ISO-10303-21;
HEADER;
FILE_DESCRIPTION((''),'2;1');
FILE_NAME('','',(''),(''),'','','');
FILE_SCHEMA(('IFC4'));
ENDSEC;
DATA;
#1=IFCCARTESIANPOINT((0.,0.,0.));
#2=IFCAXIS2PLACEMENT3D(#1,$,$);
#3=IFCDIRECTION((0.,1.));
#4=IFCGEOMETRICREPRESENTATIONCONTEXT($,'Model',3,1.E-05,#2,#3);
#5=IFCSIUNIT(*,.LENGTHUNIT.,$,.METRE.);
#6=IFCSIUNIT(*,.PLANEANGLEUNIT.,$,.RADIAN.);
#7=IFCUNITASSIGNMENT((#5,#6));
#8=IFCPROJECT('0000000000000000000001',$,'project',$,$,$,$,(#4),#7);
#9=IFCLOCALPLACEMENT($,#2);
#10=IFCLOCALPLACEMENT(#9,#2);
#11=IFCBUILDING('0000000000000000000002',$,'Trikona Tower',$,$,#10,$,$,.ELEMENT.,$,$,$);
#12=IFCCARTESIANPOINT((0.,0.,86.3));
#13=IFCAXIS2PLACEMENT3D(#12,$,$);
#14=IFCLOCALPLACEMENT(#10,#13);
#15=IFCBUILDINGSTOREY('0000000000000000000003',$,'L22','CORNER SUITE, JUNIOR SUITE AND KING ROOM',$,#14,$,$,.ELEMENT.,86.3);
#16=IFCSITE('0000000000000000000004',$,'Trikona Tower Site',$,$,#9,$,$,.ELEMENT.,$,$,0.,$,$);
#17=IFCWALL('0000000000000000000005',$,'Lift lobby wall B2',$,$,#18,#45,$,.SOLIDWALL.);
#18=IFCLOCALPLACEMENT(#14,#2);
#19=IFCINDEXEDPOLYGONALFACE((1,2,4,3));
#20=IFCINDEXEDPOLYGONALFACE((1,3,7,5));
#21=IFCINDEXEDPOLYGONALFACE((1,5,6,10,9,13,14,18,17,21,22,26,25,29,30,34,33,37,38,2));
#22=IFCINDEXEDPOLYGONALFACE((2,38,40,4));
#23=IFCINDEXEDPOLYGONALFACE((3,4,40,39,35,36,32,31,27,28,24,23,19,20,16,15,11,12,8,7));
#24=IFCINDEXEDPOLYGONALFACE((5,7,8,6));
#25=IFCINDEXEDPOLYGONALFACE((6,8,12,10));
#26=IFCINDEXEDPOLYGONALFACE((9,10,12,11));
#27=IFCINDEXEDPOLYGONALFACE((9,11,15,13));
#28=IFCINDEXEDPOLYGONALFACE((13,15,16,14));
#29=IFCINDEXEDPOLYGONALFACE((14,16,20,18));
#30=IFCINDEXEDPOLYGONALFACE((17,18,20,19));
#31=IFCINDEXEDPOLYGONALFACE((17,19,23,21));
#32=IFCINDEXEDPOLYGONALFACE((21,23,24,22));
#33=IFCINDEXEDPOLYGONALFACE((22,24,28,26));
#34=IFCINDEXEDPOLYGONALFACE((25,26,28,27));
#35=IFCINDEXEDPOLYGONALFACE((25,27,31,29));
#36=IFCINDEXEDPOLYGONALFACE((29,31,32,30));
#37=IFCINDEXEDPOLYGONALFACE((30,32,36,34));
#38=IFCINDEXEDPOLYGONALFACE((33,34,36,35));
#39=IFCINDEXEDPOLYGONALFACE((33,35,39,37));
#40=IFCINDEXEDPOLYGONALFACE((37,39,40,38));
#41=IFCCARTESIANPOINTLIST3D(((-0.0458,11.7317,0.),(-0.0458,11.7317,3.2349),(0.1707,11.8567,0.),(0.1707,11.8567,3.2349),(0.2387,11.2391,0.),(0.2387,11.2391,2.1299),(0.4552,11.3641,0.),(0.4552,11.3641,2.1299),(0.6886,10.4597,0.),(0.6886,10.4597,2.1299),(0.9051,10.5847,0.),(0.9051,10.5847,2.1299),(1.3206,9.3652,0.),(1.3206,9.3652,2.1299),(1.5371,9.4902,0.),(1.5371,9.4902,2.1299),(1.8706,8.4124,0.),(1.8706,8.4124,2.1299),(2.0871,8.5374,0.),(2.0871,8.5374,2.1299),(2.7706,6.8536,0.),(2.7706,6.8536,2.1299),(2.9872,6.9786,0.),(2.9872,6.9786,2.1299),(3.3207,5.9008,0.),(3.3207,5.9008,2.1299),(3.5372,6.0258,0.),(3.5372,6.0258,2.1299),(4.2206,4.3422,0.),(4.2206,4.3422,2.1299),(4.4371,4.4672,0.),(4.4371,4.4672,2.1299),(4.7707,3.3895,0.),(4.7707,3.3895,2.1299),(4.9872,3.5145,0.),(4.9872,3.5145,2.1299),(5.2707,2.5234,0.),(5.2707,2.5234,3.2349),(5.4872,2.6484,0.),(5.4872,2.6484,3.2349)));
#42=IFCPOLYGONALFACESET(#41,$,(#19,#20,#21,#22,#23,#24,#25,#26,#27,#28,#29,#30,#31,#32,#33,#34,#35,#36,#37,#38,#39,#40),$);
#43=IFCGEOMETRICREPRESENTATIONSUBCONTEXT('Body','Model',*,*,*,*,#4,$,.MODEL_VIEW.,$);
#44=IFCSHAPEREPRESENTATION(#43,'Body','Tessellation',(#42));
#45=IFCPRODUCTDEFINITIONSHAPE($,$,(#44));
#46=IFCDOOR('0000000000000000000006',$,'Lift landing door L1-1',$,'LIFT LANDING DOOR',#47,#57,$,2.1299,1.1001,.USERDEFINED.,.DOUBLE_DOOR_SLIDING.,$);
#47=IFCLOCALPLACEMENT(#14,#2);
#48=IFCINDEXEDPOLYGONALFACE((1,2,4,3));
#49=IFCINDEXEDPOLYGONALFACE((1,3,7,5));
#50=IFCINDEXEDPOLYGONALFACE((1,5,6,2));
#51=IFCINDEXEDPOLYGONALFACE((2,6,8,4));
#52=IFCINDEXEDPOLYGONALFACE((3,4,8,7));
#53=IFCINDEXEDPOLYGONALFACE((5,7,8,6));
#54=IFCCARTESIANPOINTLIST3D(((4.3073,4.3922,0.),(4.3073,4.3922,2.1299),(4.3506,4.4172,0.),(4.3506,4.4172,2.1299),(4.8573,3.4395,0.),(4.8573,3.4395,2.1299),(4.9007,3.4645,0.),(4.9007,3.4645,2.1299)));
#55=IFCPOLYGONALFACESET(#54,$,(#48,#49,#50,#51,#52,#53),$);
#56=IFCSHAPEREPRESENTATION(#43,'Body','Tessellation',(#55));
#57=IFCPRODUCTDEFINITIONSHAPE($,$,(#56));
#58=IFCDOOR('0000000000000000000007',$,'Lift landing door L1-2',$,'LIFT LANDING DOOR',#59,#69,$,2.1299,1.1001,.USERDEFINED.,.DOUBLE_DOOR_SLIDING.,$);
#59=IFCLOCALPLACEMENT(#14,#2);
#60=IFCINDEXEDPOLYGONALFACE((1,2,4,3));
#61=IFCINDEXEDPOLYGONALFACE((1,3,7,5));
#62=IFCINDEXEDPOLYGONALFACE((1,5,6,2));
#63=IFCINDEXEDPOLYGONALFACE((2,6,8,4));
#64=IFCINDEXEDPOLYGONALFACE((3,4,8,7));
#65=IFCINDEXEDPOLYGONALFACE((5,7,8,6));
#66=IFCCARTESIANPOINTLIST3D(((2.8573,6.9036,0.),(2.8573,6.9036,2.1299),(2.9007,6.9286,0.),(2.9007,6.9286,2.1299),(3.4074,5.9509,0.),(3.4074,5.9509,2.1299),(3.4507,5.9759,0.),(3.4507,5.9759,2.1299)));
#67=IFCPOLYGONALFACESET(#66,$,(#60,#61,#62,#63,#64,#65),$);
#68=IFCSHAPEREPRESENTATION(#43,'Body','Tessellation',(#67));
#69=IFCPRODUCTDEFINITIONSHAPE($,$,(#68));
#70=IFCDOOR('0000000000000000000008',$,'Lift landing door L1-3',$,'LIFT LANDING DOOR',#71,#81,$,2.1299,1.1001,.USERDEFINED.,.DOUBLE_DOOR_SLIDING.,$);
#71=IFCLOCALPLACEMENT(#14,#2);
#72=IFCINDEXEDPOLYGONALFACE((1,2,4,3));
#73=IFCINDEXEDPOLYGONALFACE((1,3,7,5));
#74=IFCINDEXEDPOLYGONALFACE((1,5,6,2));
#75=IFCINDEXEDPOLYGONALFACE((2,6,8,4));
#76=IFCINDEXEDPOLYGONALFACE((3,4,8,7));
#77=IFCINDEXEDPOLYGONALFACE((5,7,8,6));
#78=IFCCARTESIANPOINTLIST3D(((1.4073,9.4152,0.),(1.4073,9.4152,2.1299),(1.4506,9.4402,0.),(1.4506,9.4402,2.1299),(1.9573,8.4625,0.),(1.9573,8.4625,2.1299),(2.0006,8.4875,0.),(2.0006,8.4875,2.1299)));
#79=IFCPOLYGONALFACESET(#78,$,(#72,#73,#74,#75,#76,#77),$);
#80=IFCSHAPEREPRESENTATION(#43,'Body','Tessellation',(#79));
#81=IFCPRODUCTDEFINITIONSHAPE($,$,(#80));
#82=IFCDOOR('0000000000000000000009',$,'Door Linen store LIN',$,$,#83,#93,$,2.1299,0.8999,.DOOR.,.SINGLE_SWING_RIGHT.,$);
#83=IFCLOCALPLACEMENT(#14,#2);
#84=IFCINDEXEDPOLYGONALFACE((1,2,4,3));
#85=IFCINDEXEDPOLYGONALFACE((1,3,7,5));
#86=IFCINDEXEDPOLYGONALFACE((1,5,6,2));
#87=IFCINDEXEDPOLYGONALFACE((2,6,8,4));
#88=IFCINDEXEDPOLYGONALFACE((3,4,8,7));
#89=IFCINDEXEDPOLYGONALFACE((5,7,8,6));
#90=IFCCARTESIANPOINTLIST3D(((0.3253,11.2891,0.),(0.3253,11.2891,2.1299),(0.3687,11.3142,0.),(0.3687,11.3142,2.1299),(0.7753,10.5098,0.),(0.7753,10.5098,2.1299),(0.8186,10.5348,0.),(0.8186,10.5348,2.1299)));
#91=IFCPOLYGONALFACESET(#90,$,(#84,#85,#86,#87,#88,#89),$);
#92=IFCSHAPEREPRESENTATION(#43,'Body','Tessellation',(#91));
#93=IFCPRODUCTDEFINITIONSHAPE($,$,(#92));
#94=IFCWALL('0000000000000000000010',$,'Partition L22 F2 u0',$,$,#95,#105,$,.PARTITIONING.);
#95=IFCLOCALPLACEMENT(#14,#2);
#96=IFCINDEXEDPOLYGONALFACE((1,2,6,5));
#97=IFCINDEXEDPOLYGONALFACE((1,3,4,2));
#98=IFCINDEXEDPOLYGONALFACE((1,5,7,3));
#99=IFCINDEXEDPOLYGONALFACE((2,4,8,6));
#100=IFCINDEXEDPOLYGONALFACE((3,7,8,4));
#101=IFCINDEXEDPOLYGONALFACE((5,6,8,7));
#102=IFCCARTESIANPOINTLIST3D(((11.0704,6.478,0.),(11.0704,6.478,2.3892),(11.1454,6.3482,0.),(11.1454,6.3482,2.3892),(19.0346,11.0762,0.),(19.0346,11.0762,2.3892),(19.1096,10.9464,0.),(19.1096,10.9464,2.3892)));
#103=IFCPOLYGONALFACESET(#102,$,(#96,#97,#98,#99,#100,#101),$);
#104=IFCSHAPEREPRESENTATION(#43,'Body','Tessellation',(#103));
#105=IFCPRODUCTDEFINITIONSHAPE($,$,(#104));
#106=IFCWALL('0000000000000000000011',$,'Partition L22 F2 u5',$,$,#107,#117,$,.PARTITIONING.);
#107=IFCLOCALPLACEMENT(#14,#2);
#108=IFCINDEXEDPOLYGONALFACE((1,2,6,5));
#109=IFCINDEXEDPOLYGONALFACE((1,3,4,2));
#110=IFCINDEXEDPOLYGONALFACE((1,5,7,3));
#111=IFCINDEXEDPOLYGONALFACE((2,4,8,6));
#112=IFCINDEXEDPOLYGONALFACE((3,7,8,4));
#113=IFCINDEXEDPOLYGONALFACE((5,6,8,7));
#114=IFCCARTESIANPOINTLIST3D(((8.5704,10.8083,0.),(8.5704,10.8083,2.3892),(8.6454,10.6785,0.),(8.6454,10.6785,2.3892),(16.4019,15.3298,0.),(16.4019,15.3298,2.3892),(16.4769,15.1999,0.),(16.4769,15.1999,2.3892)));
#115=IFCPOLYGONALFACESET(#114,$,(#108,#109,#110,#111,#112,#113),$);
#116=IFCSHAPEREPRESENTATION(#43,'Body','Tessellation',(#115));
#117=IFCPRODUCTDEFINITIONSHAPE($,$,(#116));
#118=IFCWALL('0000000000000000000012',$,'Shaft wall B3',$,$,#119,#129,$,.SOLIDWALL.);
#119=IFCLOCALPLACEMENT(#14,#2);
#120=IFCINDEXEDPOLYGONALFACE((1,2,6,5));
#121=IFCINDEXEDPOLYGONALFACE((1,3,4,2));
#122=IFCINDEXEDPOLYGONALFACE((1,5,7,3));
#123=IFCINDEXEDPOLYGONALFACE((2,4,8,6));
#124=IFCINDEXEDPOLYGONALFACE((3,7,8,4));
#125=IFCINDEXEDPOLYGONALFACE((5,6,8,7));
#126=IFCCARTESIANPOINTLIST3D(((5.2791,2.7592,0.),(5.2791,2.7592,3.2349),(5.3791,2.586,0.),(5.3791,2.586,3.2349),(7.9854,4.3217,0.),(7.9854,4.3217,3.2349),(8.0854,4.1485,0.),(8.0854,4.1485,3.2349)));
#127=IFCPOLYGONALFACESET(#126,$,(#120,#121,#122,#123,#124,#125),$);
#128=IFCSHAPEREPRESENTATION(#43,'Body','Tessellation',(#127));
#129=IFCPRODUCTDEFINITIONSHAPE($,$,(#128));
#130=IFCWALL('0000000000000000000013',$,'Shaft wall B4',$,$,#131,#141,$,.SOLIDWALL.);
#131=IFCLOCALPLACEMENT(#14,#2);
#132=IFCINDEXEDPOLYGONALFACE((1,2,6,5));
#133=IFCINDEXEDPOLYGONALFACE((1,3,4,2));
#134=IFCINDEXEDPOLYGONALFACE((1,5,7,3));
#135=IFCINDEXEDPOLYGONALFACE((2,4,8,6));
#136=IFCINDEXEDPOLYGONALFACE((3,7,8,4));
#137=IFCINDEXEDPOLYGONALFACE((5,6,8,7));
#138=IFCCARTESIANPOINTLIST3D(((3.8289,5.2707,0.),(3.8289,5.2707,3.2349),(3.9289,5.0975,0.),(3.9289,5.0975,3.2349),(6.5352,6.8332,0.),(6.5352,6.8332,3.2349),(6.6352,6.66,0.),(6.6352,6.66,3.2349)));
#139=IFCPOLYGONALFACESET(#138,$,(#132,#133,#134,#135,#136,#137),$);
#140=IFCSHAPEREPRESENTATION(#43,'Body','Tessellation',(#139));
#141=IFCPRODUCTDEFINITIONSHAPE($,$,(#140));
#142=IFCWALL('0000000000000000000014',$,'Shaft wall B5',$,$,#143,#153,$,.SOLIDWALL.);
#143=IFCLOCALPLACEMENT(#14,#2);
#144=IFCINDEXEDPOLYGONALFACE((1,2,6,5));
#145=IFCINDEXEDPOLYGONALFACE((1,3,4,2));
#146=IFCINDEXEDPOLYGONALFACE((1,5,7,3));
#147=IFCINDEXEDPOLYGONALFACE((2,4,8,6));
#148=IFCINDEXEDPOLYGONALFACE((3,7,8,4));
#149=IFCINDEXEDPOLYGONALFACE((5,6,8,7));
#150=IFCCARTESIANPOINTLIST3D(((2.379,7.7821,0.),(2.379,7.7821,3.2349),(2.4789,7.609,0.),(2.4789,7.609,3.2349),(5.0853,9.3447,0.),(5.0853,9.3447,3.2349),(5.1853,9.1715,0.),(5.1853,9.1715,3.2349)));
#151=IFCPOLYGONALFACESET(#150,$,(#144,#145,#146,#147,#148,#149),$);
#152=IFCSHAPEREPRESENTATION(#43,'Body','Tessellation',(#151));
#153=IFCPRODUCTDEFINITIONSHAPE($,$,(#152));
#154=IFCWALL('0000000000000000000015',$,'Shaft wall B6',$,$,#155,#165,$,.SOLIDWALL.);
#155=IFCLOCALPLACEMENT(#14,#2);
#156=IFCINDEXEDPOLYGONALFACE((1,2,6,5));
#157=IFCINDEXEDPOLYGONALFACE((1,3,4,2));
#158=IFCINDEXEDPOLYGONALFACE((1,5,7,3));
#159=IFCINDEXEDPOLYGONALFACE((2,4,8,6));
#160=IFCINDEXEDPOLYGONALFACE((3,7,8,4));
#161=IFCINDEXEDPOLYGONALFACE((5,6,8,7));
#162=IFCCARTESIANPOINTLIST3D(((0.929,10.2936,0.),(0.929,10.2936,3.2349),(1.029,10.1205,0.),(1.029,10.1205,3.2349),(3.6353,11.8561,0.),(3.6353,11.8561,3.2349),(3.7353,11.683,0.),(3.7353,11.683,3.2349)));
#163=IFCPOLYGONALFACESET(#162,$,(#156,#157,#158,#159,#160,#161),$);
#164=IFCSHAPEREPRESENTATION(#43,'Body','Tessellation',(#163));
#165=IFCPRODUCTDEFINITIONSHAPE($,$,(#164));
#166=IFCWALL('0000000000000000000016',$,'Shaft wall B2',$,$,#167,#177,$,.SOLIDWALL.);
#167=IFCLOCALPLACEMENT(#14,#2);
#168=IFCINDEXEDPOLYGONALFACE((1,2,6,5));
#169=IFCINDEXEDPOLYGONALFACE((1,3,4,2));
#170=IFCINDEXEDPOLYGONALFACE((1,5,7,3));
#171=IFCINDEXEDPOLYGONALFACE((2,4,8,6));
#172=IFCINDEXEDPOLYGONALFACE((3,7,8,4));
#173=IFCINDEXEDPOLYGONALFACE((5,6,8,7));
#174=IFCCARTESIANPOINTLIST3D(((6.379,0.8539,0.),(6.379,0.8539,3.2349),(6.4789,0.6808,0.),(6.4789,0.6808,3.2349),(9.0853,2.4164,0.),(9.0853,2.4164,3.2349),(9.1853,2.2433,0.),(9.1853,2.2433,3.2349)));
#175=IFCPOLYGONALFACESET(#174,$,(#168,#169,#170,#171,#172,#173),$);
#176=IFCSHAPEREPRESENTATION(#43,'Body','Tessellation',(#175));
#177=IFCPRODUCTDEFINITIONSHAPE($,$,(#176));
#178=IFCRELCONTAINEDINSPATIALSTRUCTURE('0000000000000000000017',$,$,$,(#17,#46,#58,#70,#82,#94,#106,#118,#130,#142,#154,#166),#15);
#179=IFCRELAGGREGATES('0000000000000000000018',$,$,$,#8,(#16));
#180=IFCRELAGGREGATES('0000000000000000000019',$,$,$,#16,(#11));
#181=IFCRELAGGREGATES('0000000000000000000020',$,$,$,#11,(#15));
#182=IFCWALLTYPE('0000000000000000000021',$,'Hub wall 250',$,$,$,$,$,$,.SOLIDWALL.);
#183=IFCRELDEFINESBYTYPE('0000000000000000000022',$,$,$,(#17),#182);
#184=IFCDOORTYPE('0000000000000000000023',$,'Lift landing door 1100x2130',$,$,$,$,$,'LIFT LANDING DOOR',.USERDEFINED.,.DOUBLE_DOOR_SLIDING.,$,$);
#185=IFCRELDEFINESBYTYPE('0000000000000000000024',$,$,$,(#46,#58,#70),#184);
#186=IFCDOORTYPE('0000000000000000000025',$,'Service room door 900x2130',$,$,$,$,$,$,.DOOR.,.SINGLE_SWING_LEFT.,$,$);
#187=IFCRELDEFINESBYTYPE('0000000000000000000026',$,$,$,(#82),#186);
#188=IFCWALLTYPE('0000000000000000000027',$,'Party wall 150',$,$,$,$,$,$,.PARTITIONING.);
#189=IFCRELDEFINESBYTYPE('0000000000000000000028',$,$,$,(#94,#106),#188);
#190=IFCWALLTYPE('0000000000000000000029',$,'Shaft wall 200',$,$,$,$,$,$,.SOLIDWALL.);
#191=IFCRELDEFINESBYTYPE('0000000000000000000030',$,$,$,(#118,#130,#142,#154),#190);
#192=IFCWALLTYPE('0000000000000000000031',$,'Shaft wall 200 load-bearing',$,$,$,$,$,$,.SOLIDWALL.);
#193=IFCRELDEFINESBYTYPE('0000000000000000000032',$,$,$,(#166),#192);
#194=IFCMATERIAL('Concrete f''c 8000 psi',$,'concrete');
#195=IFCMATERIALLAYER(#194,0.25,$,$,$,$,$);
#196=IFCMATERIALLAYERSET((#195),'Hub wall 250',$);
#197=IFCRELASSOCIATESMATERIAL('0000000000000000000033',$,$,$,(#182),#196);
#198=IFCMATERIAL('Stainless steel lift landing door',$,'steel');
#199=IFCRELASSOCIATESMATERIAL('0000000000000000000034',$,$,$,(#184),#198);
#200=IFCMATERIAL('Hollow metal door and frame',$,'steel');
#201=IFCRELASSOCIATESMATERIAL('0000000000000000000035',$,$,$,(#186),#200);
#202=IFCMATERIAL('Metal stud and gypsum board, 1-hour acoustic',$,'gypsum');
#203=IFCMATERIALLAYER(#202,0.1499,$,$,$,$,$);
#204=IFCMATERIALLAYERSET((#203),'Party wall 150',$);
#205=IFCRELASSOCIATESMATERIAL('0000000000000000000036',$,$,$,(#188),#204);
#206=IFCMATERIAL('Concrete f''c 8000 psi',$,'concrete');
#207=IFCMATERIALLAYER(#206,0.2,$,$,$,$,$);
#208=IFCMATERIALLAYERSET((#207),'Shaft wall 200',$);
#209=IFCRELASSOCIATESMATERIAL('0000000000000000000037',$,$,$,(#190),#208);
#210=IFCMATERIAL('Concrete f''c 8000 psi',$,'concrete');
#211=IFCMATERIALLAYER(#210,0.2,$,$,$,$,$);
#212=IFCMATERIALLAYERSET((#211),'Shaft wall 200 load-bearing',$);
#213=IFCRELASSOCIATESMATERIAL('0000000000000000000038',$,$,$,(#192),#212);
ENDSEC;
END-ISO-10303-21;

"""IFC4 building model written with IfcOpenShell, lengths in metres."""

from ifc_helpers import new_model, si_unit, direction, frame, frame_2d, origin, place, context, subcontext, project, spatial, rectangle, extrude, material, layer, layer_set, type_object, element, fill, save


model = new_model("IFC4")

# Units and contexts
model_context = context("Model", 3, precision=1e-05, world=origin(), true_north=direction((0.0, 1.0)))
body_context = subcontext(model_context, "Body", "Model", "MODEL_VIEW")
ifc_project = project(units=[si_unit("LENGTHUNIT", "METRE"), si_unit("PLANEANGLEUNIT", "RADIAN")], contexts=[model_context])

# Site, building, storey
site_placement = place(None, origin())
site = spatial("IfcSite", under=ifc_project, at=site_placement, Name="Trikona Tower Site", CompositionType="ELEMENT", RefElevation=0.0)
building_placement = place(site_placement, origin())
building = spatial("IfcBuilding", under=site, at=building_placement, Name="Trikona Tower", CompositionType="ELEMENT")
storey_placement = place(building_placement, frame((0.0, 0.0, 86.3)))
storey = spatial("IfcBuildingStorey", under=building, at=storey_placement, Name="L22", Description="CORNER SUITE, JUNIOR SUITE AND KING ROOM", CompositionType="ELEMENT", Elevation=86.3)

# Wall, openings, doors
ifc_material_1 = material(Name="Concrete f'c 8000 psi", Category="concrete")
ifc_layer_1 = layer(ifc_material_1, 0.25)
ifc_layer_set_1 = layer_set([ifc_layer_1], Name="Hub wall 250")
wall_type_1 = type_object("IfcWallType", Name="Hub wall 250", PredefinedType="SOLIDWALL", material=ifc_layer_set_1)
wall_1_placement = place(storey_placement, frame((5.3789, 2.5859, 0.0), z_axis=(0.0, 0.0, 1.0), x_axis=(-0.500001, 0.866025, 0.0)))
wall_1 = element("IfcWall", 1, at=wall_1_placement, inside=storey, type_object=wall_type_1, Name="Lift lobby wall B2", PredefinedType="SOLIDWALL", context=body_context, shape_type="SweptSolid", body=[
    extrude(rectangle(XDim=10.6328, YDim=0.25, at=frame_2d((5.3164, 0.0))), origin(), (0.0, 0.0, 1.0), 3.2349),
])
opening_1_placement = place(wall_1_placement, frame((9.1641, 0.0, 0.0)))
opening_1 = element("IfcOpeningElement", 2, at=opening_1_placement, cuts=wall_1, PredefinedType="OPENING", context=body_context, shape_type="SweptSolid", body=[
    extrude(rectangle(XDim=0.8999, YDim=2.1299, at=frame_2d((0.45, 1.0649))), frame((0.0, 0.135, 0.0), z_axis=(0.0, -1.0, 0.0), x_axis=(1.0, 0.0, 0.0)), (0.0, 0.0, 1.0), 0.27),
])
opening_2_placement = place(wall_1_placement, frame((1.0, 0.0, 0.0)))
opening_2 = element("IfcOpeningElement", 3, at=opening_2_placement, cuts=wall_1, PredefinedType="OPENING", context=body_context, shape_type="SweptSolid", body=[
    extrude(rectangle(XDim=1.1001, YDim=2.1299, at=frame_2d((0.55, 1.0649))), frame((0.0, 0.135, 0.0), z_axis=(0.0, -1.0, 0.0), x_axis=(1.0, 0.0, 0.0)), (0.0, 0.0, 1.0), 0.27),
])
opening_3_placement = place(wall_1_placement, frame((3.8999, 0.0, 0.0)))
opening_3 = element("IfcOpeningElement", 4, at=opening_3_placement, cuts=wall_1, PredefinedType="OPENING", context=body_context, shape_type="SweptSolid", body=[
    extrude(rectangle(XDim=1.1001, YDim=2.1299, at=frame_2d((0.55, 1.0649))), frame((0.0, 0.135, 0.0), z_axis=(0.0, -1.0, 0.0), x_axis=(1.0, 0.0, 0.0)), (0.0, 0.0, 1.0), 0.27),
])
opening_4_placement = place(wall_1_placement, frame((6.8, 0.0, 0.0)))
opening_4 = element("IfcOpeningElement", 5, at=opening_4_placement, cuts=wall_1, PredefinedType="OPENING", context=body_context, shape_type="SweptSolid", body=[
    extrude(rectangle(XDim=1.1001, YDim=2.1299, at=frame_2d((0.55, 1.0649))), frame((0.0, 0.135, 0.0), z_axis=(0.0, -1.0, 0.0), x_axis=(1.0, 0.0, 0.0)), (0.0, 0.0, 1.0), 0.27),
])
ifc_material_2 = material(Name="Stainless steel lift landing door", Category="steel")
door_type_1 = type_object("IfcDoorType", Name="Lift landing door 1100x2130", ElementType="LIFT LANDING DOOR", OperationType="DOUBLE_DOOR_SLIDING", PredefinedType="USERDEFINED", material=ifc_material_2)
door_1_placement = place(opening_2_placement, origin())
door_1 = element("IfcDoor", 6, at=door_1_placement, inside=storey, type_object=door_type_1, Name="Lift landing door L1-1", ObjectType="LIFT LANDING DOOR", OperationType="DOUBLE_DOOR_SLIDING", OverallHeight=2.1299, OverallWidth=1.1001, PredefinedType="USERDEFINED", context=body_context, shape_type="SweptSolid", body=[
    extrude(rectangle(XDim=1.1001, YDim=2.1299, at=frame_2d((0.55, 1.0649))), frame((0.0, 0.0249, 0.0), z_axis=(0.0, -1.0, 0.0), x_axis=(1.0, 0.0, 0.0)), (0.0, 0.0, 1.0), 0.05),
])
fill(opening_2, door_1)
door_2_placement = place(opening_3_placement, origin())
door_2 = element("IfcDoor", 7, at=door_2_placement, inside=storey, type_object=door_type_1, Name="Lift landing door L1-2", ObjectType="LIFT LANDING DOOR", OperationType="DOUBLE_DOOR_SLIDING", OverallHeight=2.1299, OverallWidth=1.1001, PredefinedType="USERDEFINED", context=body_context, shape_type="SweptSolid", body=[
    extrude(rectangle(XDim=1.1001, YDim=2.1299, at=frame_2d((0.55, 1.0649))), frame((0.0, 0.0249, 0.0), z_axis=(0.0, -1.0, 0.0), x_axis=(1.0, 0.0, 0.0)), (0.0, 0.0, 1.0), 0.05),
])
fill(opening_3, door_2)
door_3_placement = place(opening_4_placement, origin())
door_3 = element("IfcDoor", 8, at=door_3_placement, inside=storey, type_object=door_type_1, Name="Lift landing door L1-3", ObjectType="LIFT LANDING DOOR", OperationType="DOUBLE_DOOR_SLIDING", OverallHeight=2.1299, OverallWidth=1.1001, PredefinedType="USERDEFINED", context=body_context, shape_type="SweptSolid", body=[
    extrude(rectangle(XDim=1.1001, YDim=2.1299, at=frame_2d((0.55, 1.0649))), frame((0.0, 0.0249, 0.0), z_axis=(0.0, -1.0, 0.0), x_axis=(1.0, 0.0, 0.0)), (0.0, 0.0, 1.0), 0.05),
])
fill(opening_4, door_3)
ifc_material_3 = material(Name="Hollow metal door and frame", Category="steel")
door_type_2 = type_object("IfcDoorType", Name="Service room door 900x2130", OperationType="SINGLE_SWING_LEFT", PredefinedType="DOOR", material=ifc_material_3)
door_4_placement = place(opening_1_placement, origin())
door_4 = element("IfcDoor", 9, at=door_4_placement, inside=storey, type_object=door_type_2, Name="Door Linen store LIN", OperationType="SINGLE_SWING_RIGHT", OverallHeight=2.1299, OverallWidth=0.8999, PredefinedType="DOOR", context=body_context, shape_type="SweptSolid", body=[
    extrude(rectangle(XDim=0.8999, YDim=2.1299, at=frame_2d((0.45, 1.0649))), frame((0.0, 0.0249, 0.0), z_axis=(0.0, -1.0, 0.0), x_axis=(1.0, 0.0, 0.0)), (0.0, 0.0, 1.0), 0.05),
])
fill(opening_1, door_4)

# Walls
ifc_material_4 = material(Name="Metal stud and gypsum board, 1-hour acoustic", Category="gypsum")
ifc_layer_2 = layer(ifc_material_4, 0.1499)
ifc_layer_set_2 = layer_set([ifc_layer_2], Name="Party wall 150")
wall_type_2 = type_object("IfcWallType", Name="Party wall 150", PredefinedType="PARTITIONING", material=ifc_layer_set_2)
wall_2_placement = place(storey_placement, frame((11.1079, 6.4131, 0.0), z_axis=(0.0, 0.0, 1.0), x_axis=(0.866022, 0.500005, 0.0)))
element("IfcWall", 10, at=wall_2_placement, inside=storey, type_object=wall_type_2, Name="Partition L22 F2 u0", PredefinedType="PARTITIONING", context=body_context, shape_type="SweptSolid", body=[
    extrude(rectangle(XDim=9.1963, YDim=0.1499, at=frame_2d((4.5981, 0.0))), origin(), (0.0, 0.0, 1.0), 2.3892),
])
wall_3_placement = place(storey_placement, frame((8.6079, 10.7434, 0.0), z_axis=(0.0, 0.0, 1.0), x_axis=(0.866028, 0.499995, 0.0)))
element("IfcWall", 11, at=wall_3_placement, inside=storey, type_object=wall_type_2, Name="Partition L22 F2 u5", PredefinedType="PARTITIONING", context=body_context, shape_type="SweptSolid", body=[
    extrude(rectangle(XDim=9.043, YDim=0.1499, at=frame_2d((4.5215, 0.0))), origin(), (0.0, 0.0, 1.0), 2.3892),
])
ifc_material_5 = material(Name="Concrete f'c 8000 psi", Category="concrete")
ifc_layer_3 = layer(ifc_material_5, 0.2)
ifc_layer_set_3 = layer_set([ifc_layer_3], Name="Shaft wall 200")
wall_type_3 = type_object("IfcWallType", Name="Shaft wall 200", PredefinedType="SOLIDWALL", material=ifc_layer_set_3)
for number, where, z_axis, x_axis, name in (
    (12, (5.3291, 2.6726, 0.0), (0.0, 0.0, 1.0), (0.866023, 0.500004, 0.0), "Shaft wall B3"),
    (13, (3.8789, 5.1841, 0.0), (0.0, 0.0, 1.0), (0.866023, 0.500004, 0.0), "Shaft wall B4"),
    (14, (2.429, 7.6956, 0.0), (0.0, 0.0, 1.0), (0.866023, 0.500004, 0.0), "Shaft wall B5"),
    (15, (0.979, 10.207, 0.0), (0.0, 0.0, 1.0), (0.866023, 0.500004, 0.0), "Shaft wall B6"),
):
    element("IfcWall", number, at=place(storey_placement, frame(where, z_axis=z_axis, x_axis=x_axis)), inside=storey, type_object=wall_type_3, Name=name, PredefinedType="SOLIDWALL", context=body_context, shape_type="SweptSolid", body=[
        extrude(rectangle(XDim=3.125, YDim=0.2, at=frame_2d((1.5625, 0.0))), origin(), (0.0, 0.0, 1.0), 3.2349),
    ])
ifc_material_6 = material(Name="Concrete f'c 8000 psi", Category="concrete")
ifc_layer_4 = layer(ifc_material_6, 0.2)
ifc_layer_set_4 = layer_set([ifc_layer_4], Name="Shaft wall 200 load-bearing")
wall_type_4 = type_object("IfcWallType", Name="Shaft wall 200 load-bearing", PredefinedType="SOLIDWALL", material=ifc_layer_set_4)
wall_4_placement = place(storey_placement, frame((6.429, 0.7673, 0.0), z_axis=(0.0, 0.0, 1.0), x_axis=(0.866023, 0.500004, 0.0)))
element("IfcWall", 16, at=wall_4_placement, inside=storey, type_object=wall_type_4, Name="Shaft wall B2", PredefinedType="SOLIDWALL", context=body_context, shape_type="SweptSolid", body=[
    extrude(rectangle(XDim=3.125, YDim=0.2, at=frame_2d((1.5625, 0.0))), origin(), (0.0, 0.0, 1.0), 3.2349),
])

save(model, "model.ifc")
